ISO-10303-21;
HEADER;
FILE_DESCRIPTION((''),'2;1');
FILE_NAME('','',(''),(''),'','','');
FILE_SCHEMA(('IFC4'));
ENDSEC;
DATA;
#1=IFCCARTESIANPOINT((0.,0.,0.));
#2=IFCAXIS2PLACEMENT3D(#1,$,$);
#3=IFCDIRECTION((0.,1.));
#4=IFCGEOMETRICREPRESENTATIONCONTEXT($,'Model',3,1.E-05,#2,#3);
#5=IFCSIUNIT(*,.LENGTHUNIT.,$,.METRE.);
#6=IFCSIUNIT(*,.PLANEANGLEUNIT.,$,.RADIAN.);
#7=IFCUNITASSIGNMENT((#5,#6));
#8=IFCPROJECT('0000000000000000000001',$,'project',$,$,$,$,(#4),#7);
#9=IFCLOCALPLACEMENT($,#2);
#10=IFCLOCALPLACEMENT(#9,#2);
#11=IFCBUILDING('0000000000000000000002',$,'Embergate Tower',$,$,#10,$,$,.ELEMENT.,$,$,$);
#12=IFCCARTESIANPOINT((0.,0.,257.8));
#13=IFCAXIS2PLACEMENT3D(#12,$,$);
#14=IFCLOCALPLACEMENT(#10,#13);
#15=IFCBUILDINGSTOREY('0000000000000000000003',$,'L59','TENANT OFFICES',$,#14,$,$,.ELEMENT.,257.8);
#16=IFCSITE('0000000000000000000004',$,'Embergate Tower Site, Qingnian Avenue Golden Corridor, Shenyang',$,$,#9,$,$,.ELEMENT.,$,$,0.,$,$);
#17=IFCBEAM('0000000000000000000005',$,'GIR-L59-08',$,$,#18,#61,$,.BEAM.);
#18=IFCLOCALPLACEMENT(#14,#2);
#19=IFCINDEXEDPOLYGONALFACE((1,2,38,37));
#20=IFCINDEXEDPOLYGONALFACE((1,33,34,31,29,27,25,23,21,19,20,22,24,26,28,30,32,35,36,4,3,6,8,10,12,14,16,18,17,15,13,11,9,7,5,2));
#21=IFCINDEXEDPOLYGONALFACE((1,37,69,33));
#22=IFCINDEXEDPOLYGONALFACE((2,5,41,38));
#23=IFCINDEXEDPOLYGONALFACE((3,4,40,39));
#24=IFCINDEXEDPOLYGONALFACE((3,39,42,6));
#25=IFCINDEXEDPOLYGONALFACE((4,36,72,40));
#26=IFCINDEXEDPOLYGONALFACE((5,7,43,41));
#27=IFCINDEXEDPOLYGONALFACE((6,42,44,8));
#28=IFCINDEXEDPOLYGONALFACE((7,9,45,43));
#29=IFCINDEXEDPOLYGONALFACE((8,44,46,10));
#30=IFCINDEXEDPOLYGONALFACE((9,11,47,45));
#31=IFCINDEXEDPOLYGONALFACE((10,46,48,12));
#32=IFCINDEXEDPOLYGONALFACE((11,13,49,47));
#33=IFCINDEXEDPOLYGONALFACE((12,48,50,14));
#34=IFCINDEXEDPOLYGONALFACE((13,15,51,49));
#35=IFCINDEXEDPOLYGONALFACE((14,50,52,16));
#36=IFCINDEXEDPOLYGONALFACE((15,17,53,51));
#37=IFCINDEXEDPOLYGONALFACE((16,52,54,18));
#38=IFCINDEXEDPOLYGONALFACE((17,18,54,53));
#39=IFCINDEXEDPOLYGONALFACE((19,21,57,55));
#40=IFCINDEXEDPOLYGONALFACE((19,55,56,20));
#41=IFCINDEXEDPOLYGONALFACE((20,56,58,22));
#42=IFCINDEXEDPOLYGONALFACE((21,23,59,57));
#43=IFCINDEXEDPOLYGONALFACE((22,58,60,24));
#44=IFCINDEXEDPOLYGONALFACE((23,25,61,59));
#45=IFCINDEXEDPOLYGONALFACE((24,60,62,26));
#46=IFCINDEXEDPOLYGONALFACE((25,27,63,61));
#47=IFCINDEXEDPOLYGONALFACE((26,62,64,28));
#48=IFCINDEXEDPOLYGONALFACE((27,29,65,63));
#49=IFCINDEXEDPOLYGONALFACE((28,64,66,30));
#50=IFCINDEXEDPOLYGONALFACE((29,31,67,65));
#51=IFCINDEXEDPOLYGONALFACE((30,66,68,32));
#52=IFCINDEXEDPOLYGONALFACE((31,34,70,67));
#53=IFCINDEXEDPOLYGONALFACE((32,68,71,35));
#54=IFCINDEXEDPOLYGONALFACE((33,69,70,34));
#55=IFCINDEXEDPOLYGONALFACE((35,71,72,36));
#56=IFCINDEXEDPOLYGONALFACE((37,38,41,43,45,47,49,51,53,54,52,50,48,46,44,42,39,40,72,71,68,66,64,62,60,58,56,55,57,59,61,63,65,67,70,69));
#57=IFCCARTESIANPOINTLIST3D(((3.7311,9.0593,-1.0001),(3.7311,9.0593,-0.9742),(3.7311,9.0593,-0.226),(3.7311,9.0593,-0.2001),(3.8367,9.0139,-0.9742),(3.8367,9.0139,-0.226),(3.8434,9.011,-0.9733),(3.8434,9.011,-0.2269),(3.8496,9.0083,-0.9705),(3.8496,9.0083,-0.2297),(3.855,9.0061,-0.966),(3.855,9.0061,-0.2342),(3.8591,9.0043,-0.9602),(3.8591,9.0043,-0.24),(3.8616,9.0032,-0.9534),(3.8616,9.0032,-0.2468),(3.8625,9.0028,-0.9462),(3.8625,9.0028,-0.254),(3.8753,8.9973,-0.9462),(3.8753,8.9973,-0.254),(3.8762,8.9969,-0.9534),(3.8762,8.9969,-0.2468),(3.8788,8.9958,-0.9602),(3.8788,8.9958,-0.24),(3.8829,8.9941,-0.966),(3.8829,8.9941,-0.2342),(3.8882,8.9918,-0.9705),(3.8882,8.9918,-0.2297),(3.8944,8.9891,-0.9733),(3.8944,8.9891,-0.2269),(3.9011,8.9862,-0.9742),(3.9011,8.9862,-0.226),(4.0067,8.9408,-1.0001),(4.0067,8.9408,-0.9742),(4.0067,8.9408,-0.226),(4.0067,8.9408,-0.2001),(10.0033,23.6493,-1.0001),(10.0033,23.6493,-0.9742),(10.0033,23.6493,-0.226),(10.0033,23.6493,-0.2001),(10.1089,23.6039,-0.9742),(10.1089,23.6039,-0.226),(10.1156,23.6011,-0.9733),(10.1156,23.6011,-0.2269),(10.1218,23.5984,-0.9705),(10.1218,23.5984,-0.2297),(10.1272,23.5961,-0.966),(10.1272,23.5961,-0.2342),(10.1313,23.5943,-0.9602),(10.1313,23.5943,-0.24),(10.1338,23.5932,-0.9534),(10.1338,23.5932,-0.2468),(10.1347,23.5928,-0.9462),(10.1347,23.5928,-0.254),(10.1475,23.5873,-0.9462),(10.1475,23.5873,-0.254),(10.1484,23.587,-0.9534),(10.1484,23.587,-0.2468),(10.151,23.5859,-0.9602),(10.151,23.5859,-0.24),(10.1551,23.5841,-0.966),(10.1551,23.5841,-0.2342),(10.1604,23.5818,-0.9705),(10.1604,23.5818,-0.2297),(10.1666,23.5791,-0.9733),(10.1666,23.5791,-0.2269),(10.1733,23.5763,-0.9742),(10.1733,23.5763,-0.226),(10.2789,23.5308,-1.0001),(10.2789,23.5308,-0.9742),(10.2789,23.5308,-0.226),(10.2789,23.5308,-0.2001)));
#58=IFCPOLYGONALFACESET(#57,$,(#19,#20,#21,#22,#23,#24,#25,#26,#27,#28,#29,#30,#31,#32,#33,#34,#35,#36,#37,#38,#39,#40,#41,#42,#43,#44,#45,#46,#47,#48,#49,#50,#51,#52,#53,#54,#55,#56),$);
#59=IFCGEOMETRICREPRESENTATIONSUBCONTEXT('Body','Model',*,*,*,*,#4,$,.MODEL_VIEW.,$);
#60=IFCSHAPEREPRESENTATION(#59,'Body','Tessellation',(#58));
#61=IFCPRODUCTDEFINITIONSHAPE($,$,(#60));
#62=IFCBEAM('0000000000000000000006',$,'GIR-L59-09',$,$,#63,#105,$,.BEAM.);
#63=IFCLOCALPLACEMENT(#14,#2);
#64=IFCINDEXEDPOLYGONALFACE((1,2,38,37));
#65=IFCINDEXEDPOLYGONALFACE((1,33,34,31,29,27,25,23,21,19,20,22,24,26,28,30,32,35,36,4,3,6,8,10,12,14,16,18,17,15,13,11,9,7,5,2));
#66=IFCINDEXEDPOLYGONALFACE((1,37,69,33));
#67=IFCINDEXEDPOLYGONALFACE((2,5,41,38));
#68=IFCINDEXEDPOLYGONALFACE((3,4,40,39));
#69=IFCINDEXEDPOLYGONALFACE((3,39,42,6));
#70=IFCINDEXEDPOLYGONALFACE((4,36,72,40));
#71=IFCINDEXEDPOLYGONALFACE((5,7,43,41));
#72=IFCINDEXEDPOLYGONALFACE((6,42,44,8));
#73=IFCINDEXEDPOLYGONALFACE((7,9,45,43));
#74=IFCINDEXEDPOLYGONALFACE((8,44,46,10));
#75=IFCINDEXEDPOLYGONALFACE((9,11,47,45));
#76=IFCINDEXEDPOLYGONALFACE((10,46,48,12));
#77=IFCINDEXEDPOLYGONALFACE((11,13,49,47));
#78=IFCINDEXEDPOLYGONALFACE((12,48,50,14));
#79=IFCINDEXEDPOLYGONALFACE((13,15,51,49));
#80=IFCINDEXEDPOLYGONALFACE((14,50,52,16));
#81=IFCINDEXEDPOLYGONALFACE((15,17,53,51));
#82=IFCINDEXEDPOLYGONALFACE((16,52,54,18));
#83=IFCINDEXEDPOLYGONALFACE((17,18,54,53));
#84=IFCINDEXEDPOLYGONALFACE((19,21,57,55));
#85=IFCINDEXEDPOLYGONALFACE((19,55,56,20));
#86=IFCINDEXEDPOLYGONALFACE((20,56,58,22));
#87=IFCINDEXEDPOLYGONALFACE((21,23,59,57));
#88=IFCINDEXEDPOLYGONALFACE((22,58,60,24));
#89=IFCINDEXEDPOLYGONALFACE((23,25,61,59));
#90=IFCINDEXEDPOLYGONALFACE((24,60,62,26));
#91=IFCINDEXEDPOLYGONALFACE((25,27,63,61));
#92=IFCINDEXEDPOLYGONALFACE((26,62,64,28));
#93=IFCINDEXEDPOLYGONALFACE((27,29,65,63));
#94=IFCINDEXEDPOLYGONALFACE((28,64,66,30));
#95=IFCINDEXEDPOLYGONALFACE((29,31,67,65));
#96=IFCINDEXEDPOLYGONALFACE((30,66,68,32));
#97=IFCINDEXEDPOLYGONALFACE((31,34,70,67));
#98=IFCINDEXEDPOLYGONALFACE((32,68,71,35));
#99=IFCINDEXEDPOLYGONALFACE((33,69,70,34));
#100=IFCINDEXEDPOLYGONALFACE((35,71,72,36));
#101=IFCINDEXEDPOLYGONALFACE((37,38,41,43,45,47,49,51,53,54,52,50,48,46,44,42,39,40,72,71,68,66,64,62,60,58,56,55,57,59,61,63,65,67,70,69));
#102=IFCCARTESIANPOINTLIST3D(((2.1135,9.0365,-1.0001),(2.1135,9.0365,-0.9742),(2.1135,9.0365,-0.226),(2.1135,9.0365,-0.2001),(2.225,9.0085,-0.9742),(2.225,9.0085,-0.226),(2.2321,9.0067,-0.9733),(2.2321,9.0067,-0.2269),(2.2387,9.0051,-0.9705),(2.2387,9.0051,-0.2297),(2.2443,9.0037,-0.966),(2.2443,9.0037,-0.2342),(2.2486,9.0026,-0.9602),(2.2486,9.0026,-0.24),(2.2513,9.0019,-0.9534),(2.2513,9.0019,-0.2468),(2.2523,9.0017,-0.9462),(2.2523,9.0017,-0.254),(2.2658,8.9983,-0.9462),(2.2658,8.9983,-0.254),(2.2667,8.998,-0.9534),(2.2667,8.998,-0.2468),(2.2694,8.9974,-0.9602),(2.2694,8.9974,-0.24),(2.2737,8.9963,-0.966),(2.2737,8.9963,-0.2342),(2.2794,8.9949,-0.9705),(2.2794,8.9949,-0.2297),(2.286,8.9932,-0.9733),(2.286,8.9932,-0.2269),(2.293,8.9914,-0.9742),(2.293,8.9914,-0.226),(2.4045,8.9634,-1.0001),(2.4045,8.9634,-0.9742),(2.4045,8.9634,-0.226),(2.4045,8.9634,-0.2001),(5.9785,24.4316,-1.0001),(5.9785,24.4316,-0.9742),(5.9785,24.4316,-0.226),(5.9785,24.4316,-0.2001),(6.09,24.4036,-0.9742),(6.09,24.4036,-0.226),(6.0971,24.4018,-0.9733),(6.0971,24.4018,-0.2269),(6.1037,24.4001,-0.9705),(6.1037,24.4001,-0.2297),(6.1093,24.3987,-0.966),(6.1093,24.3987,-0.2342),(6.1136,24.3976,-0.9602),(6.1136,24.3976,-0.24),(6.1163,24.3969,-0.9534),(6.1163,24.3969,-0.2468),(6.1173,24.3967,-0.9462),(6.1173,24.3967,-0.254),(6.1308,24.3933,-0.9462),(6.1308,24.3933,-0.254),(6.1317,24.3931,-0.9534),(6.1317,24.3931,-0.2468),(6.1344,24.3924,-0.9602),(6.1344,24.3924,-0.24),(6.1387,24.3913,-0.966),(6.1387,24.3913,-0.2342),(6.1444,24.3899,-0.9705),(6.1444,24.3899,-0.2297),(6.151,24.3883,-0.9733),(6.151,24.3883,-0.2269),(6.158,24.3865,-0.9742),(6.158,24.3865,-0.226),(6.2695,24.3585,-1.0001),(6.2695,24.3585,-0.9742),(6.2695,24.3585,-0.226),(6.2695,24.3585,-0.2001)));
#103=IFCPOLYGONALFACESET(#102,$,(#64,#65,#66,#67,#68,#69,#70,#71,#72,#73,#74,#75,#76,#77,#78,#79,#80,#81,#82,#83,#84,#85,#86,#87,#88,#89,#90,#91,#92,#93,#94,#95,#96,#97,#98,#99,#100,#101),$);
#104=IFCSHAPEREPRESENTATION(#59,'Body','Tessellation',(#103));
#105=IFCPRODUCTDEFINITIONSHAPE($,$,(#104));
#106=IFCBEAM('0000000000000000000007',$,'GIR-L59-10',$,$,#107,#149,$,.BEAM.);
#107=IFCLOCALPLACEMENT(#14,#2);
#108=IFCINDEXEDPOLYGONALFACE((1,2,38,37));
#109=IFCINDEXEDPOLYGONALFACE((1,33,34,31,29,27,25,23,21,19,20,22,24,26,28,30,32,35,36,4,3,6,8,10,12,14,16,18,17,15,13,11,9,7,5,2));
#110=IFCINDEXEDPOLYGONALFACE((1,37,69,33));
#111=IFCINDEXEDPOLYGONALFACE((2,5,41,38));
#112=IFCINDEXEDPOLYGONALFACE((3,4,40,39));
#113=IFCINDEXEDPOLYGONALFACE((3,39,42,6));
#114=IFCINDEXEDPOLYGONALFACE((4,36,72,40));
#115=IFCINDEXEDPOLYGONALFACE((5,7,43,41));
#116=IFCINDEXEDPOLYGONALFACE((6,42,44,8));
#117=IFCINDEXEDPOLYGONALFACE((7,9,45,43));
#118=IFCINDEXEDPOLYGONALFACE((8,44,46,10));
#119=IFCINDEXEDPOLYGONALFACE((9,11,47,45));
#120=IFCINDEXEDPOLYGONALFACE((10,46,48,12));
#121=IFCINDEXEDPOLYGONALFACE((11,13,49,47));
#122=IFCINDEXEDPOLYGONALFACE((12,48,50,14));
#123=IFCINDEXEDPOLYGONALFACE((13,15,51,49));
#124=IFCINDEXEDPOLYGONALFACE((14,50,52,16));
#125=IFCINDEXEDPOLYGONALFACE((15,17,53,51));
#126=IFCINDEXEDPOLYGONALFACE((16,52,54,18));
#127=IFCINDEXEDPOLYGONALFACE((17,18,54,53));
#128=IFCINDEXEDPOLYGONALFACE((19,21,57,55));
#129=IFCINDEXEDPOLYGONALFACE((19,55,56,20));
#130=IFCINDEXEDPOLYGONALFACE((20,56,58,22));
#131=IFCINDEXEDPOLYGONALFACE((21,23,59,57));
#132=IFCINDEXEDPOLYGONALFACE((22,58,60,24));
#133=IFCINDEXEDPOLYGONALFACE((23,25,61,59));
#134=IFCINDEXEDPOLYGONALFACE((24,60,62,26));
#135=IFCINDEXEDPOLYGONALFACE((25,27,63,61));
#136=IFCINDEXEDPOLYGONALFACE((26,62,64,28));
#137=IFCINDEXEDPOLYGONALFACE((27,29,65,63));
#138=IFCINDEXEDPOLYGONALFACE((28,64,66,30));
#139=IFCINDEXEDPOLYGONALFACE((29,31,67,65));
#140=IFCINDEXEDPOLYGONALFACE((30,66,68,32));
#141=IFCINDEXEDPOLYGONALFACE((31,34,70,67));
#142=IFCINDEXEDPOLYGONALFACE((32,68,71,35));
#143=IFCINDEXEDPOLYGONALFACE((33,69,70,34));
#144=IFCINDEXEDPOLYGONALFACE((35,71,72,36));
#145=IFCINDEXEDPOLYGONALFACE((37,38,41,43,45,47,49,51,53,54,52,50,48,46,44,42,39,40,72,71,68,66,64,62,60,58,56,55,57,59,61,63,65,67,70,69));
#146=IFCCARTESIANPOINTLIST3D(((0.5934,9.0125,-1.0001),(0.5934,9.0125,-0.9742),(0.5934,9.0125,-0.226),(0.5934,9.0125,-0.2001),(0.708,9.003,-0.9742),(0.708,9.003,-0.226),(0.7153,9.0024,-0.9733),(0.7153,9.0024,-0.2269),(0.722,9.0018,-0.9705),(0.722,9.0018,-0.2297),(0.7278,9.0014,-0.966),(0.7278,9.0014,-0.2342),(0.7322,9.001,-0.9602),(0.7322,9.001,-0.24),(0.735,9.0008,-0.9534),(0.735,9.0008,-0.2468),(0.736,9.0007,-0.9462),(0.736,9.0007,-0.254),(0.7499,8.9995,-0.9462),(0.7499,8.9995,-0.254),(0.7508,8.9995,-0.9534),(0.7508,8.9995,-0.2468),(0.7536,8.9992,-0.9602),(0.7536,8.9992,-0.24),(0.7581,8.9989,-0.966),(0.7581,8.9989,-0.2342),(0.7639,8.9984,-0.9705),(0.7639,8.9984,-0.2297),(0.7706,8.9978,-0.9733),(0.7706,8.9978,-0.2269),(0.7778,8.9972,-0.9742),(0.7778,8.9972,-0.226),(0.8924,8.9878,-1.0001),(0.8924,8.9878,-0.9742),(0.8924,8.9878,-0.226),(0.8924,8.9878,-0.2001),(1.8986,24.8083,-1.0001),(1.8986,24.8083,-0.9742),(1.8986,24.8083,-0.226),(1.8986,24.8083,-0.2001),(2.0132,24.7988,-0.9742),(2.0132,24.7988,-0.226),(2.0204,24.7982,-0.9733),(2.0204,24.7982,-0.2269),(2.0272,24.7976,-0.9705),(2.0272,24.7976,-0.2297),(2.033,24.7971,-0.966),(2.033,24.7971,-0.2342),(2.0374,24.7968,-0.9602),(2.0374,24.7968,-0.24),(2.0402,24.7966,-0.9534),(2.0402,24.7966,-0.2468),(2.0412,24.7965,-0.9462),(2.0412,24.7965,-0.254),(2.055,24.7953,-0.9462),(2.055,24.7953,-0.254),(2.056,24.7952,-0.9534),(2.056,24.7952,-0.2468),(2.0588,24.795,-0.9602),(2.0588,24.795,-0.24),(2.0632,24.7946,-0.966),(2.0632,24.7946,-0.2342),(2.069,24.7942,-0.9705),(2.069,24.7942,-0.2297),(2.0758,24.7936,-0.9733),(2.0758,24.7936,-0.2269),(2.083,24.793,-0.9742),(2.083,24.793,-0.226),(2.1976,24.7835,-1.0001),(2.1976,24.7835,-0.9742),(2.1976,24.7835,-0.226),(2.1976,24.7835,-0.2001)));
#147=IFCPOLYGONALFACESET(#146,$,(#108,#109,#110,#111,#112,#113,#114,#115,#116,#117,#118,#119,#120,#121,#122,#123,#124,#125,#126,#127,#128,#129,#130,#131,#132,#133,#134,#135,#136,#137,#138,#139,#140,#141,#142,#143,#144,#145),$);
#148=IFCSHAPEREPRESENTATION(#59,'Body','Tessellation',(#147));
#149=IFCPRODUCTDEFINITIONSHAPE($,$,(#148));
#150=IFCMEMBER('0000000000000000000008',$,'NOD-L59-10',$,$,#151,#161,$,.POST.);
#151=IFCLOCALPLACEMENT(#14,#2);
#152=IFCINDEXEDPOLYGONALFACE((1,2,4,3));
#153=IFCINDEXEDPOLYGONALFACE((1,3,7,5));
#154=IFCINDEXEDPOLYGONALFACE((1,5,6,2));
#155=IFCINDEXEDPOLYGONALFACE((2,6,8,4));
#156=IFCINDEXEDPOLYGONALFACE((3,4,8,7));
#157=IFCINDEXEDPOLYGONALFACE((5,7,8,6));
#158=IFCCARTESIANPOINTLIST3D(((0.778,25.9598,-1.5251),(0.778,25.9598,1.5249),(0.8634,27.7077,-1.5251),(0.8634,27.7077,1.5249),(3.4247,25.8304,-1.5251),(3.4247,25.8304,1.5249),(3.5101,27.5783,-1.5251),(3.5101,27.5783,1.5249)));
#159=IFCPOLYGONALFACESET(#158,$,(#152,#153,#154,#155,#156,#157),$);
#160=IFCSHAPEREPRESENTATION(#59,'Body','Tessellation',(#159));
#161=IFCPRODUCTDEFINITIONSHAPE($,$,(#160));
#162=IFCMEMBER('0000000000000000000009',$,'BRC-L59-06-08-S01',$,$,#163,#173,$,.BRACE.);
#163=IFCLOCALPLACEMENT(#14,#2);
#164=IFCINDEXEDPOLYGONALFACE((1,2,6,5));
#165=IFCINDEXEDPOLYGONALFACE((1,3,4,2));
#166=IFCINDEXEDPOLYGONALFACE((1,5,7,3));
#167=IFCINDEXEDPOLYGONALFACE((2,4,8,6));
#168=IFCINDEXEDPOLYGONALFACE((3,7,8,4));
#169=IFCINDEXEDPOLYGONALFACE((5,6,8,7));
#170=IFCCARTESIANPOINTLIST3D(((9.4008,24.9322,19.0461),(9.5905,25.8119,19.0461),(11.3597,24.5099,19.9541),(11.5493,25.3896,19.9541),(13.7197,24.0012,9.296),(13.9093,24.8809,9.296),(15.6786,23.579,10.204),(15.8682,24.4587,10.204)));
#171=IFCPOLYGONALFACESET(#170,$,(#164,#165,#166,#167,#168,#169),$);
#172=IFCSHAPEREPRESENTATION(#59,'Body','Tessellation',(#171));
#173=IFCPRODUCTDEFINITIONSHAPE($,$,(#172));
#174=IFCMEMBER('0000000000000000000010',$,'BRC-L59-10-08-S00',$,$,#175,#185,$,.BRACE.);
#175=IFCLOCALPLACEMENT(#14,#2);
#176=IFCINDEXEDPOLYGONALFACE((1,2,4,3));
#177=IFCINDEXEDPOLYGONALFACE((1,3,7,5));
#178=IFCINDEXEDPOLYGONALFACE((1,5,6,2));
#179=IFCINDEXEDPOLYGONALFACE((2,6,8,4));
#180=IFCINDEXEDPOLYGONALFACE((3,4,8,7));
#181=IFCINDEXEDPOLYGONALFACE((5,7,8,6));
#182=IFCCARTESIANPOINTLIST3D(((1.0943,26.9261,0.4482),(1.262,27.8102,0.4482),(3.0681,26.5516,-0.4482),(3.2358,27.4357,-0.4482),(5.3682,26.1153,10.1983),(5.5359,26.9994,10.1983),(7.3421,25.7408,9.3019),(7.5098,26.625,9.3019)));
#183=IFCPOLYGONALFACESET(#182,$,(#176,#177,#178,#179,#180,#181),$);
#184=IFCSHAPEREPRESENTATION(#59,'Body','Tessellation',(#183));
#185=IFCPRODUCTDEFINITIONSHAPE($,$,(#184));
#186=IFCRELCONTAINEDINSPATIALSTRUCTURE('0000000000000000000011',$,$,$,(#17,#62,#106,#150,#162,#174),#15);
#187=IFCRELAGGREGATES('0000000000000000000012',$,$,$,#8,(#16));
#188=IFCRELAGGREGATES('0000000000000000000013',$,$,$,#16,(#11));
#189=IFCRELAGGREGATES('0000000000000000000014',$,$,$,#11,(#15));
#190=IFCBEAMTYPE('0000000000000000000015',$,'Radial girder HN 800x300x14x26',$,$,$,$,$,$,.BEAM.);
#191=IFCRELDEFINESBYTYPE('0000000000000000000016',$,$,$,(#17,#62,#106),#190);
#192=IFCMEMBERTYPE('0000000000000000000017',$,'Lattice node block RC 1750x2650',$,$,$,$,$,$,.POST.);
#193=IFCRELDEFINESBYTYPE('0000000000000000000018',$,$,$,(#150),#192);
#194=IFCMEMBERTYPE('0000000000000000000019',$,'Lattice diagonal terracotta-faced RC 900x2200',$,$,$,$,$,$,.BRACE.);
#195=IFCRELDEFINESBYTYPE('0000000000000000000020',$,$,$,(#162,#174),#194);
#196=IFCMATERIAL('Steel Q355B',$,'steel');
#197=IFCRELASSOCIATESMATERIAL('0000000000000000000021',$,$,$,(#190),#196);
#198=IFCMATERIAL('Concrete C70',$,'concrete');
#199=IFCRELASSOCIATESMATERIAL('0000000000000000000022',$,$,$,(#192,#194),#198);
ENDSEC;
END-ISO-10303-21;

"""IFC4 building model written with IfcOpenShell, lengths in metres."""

from ifc_helpers import new_model, si_unit, direction, frame, origin, origin_2d, place, context, subcontext, project, spatial, rectangle, i_section, extrude, source, transform, mapped, material, material_profile, profile_set, type_object, element, save


model = new_model("IFC4")

# Units and contexts
model_context = context("Model", 3, precision=1e-05, world=origin(), true_north=direction((0.0, 1.0)))
body_context = subcontext(model_context, "Body", "Model", "MODEL_VIEW")
ifc_project = project(units=[si_unit("LENGTHUNIT", "METRE"), si_unit("PLANEANGLEUNIT", "RADIAN")], contexts=[model_context])

# Site, building, storey
site_placement = place(None, origin())
site = spatial("IfcSite", under=ifc_project, at=site_placement, Name="Embergate Tower Site, Qingnian Avenue Golden Corridor, Shenyang", CompositionType="ELEMENT", RefElevation=0.0)
building_placement = place(site_placement, origin())
building = spatial("IfcBuilding", under=site, at=building_placement, Name="Embergate Tower", CompositionType="ELEMENT")
storey_placement = place(building_placement, frame((0.0, 0.0, 257.8)))
storey = spatial("IfcBuildingStorey", under=building, at=storey_placement, Name="L59", Description="TENANT OFFICES", CompositionType="ELEMENT", Elevation=257.8)

# Beams
ifc_material_1 = material(Name="Steel Q355B", Category="steel")
ifc_material_profile_1 = material_profile(ifc_material_1, i_section(OverallWidth=0.3, OverallDepth=0.8, WebThickness=0.0139, FlangeThickness=0.0259, FilletRadius=0.0281, at=origin_2d()), Name="HN 800x300x14x26")
ifc_profile_set_1 = profile_set([ifc_material_profile_1], Name="Steel Q355 grade B")
beam_type_1 = type_object("IfcBeamType", Name="Radial girder HN 800x300x14x26", PredefinedType="BEAM", material=ifc_profile_set_1)
shared_shape_1 = source(origin(), body_context, "Body", "SweptSolid", [
    extrude(i_section(OverallWidth=0.3, OverallDepth=0.8, WebThickness=0.0139, FlangeThickness=0.0259, FilletRadius=0.0281, at=origin_2d()), origin(), (0.0, 0.0, 1.0), 15.8811),
])
beam_1_placement = place(storey_placement, frame((10.1411, 23.5901, -0.6001), z_axis=(-0.394947, -0.918704, 0.0), x_axis=(0.918704, -0.394947, 0.0)))
element("IfcBeam", 1, at=beam_1_placement, inside=storey, type_object=beam_type_1, Name="GIR-L59-08", PredefinedType="BEAM", context=body_context, shape_type="MappedRepresentation", body=[
    mapped(shared_shape_1, transform((0.0, 0.0, 0.0))),
])
shared_shape_2 = source(origin(), body_context, "Body", "SweptSolid", [
    extrude(i_section(OverallWidth=0.3, OverallDepth=0.8, WebThickness=0.0139, FlangeThickness=0.0259, FilletRadius=0.0281, at=origin_2d()), origin(), (0.0, 0.0, 1.0), 15.8728),
])
beam_2_placement = place(storey_placement, frame((6.124, 24.395, -0.6001), z_axis=(-0.243498, -0.969901, 0.0), x_axis=(0.969901, -0.243498, 0.0)))
element("IfcBeam", 2, at=beam_2_placement, inside=storey, type_object=beam_type_1, Name="GIR-L59-09", PredefinedType="BEAM", context=body_context, shape_type="MappedRepresentation", body=[
    mapped(shared_shape_2, transform((0.0, 0.0, 0.0))),
])
shared_shape_3 = source(origin(), body_context, "Body", "SweptSolid", [
    extrude(i_section(OverallWidth=0.3, OverallDepth=0.8, WebThickness=0.0139, FlangeThickness=0.0259, FilletRadius=0.0281, at=origin_2d()), origin(), (0.0, 0.0, 1.0), 15.8496),
])
beam_3_placement = place(storey_placement, frame((2.0481, 24.7959, -0.6001), z_axis=(-0.082347, -0.996604, 0.0), x_axis=(0.996604, -0.082347, 0.0)))
element("IfcBeam", 3, at=beam_3_placement, inside=storey, type_object=beam_type_1, Name="GIR-L59-10", PredefinedType="BEAM", context=body_context, shape_type="MappedRepresentation", body=[
    mapped(shared_shape_3, transform((0.0, 0.0, 0.0))),
])

# Members
ifc_material_2 = material(Name="Concrete C70", Category="concrete")
ifc_material_profile_2 = material_profile(ifc_material_2, rectangle(XDim=1.75, YDim=2.6499, at=origin_2d()), Name="RC 1750x2650")
ifc_profile_set_2 = profile_set([ifc_material_profile_2], Name="Concrete C70")
member_type_1 = type_object("IfcMemberType", Name="Lattice node block RC 1750x2650", PredefinedType="POST", material=ifc_profile_set_2)
shared_shape_4 = source(origin(), body_context, "Body", "SweptSolid", [
    extrude(rectangle(XDim=1.75, YDim=2.6499, at=origin_2d()), origin(), (0.0, 0.0, 1.0), 3.05),
])
member_1_placement = place(storey_placement, frame((2.144, 26.769, -1.5251), z_axis=(0.0, 0.0, 1.0), x_axis=(0.048815, 0.998808, 0.0)))
element("IfcMember", 4, at=member_1_placement, inside=storey, type_object=member_type_1, Name="NOD-L59-10", PredefinedType="POST", context=body_context, shape_type="MappedRepresentation", body=[
    mapped(shared_shape_4, transform((0.0, 0.0, 0.0))),
])
ifc_material_profile_3 = material_profile(ifc_material_2, rectangle(XDim=0.8999, YDim=2.2, at=origin_2d()), Name="RC 900x2200")
ifc_profile_set_3 = profile_set([ifc_material_profile_3], Name="Concrete C70")
member_type_2 = type_object("IfcMemberType", Name="Lattice diagonal terracotta-faced RC 900x2200", PredefinedType="BRACE", material=ifc_profile_set_3)
shared_shape_5 = source(origin(), body_context, "Body", "SweptSolid", [
    extrude(rectangle(XDim=0.8999, YDim=2.2, at=origin_2d()), origin(), (0.0, 0.0, 1.0), 10.7043),
])
member_2_placement = place(storey_placement, frame((14.7939, 24.23, 9.75), z_axis=(-0.403469, 0.086966, 0.910851), x_axis=(-0.210706, -0.977549, 0.0)))
element("IfcMember", 5, at=member_2_placement, inside=storey, type_object=member_type_2, Name="BRC-L59-06-08-S01", PredefinedType="BRACE", context=body_context, shape_type="MappedRepresentation", body=[
    mapped(shared_shape_5, transform((0.0, 0.0, 0.0))),
])
shared_shape_6 = source(origin(), body_context, "Body", "SweptSolid", [
    extrude(rectangle(XDim=0.8999, YDim=2.2, at=origin_2d()), origin(), (0.0, 0.0, 1.0), 10.6765),
])
member_3_placement = place(storey_placement, frame((2.165, 27.1809, 0.0), z_axis=(0.400314, -0.075942, 0.913226), x_axis=(0.186382, 0.982477, 0.0)))
element("IfcMember", 6, at=member_3_placement, inside=storey, type_object=member_type_2, Name="BRC-L59-10-08-S00", PredefinedType="BRACE", context=body_context, shape_type="MappedRepresentation", body=[
    mapped(shared_shape_6, transform((0.0, 0.0, 0.0))),
])

save(model, "model.ifc")
